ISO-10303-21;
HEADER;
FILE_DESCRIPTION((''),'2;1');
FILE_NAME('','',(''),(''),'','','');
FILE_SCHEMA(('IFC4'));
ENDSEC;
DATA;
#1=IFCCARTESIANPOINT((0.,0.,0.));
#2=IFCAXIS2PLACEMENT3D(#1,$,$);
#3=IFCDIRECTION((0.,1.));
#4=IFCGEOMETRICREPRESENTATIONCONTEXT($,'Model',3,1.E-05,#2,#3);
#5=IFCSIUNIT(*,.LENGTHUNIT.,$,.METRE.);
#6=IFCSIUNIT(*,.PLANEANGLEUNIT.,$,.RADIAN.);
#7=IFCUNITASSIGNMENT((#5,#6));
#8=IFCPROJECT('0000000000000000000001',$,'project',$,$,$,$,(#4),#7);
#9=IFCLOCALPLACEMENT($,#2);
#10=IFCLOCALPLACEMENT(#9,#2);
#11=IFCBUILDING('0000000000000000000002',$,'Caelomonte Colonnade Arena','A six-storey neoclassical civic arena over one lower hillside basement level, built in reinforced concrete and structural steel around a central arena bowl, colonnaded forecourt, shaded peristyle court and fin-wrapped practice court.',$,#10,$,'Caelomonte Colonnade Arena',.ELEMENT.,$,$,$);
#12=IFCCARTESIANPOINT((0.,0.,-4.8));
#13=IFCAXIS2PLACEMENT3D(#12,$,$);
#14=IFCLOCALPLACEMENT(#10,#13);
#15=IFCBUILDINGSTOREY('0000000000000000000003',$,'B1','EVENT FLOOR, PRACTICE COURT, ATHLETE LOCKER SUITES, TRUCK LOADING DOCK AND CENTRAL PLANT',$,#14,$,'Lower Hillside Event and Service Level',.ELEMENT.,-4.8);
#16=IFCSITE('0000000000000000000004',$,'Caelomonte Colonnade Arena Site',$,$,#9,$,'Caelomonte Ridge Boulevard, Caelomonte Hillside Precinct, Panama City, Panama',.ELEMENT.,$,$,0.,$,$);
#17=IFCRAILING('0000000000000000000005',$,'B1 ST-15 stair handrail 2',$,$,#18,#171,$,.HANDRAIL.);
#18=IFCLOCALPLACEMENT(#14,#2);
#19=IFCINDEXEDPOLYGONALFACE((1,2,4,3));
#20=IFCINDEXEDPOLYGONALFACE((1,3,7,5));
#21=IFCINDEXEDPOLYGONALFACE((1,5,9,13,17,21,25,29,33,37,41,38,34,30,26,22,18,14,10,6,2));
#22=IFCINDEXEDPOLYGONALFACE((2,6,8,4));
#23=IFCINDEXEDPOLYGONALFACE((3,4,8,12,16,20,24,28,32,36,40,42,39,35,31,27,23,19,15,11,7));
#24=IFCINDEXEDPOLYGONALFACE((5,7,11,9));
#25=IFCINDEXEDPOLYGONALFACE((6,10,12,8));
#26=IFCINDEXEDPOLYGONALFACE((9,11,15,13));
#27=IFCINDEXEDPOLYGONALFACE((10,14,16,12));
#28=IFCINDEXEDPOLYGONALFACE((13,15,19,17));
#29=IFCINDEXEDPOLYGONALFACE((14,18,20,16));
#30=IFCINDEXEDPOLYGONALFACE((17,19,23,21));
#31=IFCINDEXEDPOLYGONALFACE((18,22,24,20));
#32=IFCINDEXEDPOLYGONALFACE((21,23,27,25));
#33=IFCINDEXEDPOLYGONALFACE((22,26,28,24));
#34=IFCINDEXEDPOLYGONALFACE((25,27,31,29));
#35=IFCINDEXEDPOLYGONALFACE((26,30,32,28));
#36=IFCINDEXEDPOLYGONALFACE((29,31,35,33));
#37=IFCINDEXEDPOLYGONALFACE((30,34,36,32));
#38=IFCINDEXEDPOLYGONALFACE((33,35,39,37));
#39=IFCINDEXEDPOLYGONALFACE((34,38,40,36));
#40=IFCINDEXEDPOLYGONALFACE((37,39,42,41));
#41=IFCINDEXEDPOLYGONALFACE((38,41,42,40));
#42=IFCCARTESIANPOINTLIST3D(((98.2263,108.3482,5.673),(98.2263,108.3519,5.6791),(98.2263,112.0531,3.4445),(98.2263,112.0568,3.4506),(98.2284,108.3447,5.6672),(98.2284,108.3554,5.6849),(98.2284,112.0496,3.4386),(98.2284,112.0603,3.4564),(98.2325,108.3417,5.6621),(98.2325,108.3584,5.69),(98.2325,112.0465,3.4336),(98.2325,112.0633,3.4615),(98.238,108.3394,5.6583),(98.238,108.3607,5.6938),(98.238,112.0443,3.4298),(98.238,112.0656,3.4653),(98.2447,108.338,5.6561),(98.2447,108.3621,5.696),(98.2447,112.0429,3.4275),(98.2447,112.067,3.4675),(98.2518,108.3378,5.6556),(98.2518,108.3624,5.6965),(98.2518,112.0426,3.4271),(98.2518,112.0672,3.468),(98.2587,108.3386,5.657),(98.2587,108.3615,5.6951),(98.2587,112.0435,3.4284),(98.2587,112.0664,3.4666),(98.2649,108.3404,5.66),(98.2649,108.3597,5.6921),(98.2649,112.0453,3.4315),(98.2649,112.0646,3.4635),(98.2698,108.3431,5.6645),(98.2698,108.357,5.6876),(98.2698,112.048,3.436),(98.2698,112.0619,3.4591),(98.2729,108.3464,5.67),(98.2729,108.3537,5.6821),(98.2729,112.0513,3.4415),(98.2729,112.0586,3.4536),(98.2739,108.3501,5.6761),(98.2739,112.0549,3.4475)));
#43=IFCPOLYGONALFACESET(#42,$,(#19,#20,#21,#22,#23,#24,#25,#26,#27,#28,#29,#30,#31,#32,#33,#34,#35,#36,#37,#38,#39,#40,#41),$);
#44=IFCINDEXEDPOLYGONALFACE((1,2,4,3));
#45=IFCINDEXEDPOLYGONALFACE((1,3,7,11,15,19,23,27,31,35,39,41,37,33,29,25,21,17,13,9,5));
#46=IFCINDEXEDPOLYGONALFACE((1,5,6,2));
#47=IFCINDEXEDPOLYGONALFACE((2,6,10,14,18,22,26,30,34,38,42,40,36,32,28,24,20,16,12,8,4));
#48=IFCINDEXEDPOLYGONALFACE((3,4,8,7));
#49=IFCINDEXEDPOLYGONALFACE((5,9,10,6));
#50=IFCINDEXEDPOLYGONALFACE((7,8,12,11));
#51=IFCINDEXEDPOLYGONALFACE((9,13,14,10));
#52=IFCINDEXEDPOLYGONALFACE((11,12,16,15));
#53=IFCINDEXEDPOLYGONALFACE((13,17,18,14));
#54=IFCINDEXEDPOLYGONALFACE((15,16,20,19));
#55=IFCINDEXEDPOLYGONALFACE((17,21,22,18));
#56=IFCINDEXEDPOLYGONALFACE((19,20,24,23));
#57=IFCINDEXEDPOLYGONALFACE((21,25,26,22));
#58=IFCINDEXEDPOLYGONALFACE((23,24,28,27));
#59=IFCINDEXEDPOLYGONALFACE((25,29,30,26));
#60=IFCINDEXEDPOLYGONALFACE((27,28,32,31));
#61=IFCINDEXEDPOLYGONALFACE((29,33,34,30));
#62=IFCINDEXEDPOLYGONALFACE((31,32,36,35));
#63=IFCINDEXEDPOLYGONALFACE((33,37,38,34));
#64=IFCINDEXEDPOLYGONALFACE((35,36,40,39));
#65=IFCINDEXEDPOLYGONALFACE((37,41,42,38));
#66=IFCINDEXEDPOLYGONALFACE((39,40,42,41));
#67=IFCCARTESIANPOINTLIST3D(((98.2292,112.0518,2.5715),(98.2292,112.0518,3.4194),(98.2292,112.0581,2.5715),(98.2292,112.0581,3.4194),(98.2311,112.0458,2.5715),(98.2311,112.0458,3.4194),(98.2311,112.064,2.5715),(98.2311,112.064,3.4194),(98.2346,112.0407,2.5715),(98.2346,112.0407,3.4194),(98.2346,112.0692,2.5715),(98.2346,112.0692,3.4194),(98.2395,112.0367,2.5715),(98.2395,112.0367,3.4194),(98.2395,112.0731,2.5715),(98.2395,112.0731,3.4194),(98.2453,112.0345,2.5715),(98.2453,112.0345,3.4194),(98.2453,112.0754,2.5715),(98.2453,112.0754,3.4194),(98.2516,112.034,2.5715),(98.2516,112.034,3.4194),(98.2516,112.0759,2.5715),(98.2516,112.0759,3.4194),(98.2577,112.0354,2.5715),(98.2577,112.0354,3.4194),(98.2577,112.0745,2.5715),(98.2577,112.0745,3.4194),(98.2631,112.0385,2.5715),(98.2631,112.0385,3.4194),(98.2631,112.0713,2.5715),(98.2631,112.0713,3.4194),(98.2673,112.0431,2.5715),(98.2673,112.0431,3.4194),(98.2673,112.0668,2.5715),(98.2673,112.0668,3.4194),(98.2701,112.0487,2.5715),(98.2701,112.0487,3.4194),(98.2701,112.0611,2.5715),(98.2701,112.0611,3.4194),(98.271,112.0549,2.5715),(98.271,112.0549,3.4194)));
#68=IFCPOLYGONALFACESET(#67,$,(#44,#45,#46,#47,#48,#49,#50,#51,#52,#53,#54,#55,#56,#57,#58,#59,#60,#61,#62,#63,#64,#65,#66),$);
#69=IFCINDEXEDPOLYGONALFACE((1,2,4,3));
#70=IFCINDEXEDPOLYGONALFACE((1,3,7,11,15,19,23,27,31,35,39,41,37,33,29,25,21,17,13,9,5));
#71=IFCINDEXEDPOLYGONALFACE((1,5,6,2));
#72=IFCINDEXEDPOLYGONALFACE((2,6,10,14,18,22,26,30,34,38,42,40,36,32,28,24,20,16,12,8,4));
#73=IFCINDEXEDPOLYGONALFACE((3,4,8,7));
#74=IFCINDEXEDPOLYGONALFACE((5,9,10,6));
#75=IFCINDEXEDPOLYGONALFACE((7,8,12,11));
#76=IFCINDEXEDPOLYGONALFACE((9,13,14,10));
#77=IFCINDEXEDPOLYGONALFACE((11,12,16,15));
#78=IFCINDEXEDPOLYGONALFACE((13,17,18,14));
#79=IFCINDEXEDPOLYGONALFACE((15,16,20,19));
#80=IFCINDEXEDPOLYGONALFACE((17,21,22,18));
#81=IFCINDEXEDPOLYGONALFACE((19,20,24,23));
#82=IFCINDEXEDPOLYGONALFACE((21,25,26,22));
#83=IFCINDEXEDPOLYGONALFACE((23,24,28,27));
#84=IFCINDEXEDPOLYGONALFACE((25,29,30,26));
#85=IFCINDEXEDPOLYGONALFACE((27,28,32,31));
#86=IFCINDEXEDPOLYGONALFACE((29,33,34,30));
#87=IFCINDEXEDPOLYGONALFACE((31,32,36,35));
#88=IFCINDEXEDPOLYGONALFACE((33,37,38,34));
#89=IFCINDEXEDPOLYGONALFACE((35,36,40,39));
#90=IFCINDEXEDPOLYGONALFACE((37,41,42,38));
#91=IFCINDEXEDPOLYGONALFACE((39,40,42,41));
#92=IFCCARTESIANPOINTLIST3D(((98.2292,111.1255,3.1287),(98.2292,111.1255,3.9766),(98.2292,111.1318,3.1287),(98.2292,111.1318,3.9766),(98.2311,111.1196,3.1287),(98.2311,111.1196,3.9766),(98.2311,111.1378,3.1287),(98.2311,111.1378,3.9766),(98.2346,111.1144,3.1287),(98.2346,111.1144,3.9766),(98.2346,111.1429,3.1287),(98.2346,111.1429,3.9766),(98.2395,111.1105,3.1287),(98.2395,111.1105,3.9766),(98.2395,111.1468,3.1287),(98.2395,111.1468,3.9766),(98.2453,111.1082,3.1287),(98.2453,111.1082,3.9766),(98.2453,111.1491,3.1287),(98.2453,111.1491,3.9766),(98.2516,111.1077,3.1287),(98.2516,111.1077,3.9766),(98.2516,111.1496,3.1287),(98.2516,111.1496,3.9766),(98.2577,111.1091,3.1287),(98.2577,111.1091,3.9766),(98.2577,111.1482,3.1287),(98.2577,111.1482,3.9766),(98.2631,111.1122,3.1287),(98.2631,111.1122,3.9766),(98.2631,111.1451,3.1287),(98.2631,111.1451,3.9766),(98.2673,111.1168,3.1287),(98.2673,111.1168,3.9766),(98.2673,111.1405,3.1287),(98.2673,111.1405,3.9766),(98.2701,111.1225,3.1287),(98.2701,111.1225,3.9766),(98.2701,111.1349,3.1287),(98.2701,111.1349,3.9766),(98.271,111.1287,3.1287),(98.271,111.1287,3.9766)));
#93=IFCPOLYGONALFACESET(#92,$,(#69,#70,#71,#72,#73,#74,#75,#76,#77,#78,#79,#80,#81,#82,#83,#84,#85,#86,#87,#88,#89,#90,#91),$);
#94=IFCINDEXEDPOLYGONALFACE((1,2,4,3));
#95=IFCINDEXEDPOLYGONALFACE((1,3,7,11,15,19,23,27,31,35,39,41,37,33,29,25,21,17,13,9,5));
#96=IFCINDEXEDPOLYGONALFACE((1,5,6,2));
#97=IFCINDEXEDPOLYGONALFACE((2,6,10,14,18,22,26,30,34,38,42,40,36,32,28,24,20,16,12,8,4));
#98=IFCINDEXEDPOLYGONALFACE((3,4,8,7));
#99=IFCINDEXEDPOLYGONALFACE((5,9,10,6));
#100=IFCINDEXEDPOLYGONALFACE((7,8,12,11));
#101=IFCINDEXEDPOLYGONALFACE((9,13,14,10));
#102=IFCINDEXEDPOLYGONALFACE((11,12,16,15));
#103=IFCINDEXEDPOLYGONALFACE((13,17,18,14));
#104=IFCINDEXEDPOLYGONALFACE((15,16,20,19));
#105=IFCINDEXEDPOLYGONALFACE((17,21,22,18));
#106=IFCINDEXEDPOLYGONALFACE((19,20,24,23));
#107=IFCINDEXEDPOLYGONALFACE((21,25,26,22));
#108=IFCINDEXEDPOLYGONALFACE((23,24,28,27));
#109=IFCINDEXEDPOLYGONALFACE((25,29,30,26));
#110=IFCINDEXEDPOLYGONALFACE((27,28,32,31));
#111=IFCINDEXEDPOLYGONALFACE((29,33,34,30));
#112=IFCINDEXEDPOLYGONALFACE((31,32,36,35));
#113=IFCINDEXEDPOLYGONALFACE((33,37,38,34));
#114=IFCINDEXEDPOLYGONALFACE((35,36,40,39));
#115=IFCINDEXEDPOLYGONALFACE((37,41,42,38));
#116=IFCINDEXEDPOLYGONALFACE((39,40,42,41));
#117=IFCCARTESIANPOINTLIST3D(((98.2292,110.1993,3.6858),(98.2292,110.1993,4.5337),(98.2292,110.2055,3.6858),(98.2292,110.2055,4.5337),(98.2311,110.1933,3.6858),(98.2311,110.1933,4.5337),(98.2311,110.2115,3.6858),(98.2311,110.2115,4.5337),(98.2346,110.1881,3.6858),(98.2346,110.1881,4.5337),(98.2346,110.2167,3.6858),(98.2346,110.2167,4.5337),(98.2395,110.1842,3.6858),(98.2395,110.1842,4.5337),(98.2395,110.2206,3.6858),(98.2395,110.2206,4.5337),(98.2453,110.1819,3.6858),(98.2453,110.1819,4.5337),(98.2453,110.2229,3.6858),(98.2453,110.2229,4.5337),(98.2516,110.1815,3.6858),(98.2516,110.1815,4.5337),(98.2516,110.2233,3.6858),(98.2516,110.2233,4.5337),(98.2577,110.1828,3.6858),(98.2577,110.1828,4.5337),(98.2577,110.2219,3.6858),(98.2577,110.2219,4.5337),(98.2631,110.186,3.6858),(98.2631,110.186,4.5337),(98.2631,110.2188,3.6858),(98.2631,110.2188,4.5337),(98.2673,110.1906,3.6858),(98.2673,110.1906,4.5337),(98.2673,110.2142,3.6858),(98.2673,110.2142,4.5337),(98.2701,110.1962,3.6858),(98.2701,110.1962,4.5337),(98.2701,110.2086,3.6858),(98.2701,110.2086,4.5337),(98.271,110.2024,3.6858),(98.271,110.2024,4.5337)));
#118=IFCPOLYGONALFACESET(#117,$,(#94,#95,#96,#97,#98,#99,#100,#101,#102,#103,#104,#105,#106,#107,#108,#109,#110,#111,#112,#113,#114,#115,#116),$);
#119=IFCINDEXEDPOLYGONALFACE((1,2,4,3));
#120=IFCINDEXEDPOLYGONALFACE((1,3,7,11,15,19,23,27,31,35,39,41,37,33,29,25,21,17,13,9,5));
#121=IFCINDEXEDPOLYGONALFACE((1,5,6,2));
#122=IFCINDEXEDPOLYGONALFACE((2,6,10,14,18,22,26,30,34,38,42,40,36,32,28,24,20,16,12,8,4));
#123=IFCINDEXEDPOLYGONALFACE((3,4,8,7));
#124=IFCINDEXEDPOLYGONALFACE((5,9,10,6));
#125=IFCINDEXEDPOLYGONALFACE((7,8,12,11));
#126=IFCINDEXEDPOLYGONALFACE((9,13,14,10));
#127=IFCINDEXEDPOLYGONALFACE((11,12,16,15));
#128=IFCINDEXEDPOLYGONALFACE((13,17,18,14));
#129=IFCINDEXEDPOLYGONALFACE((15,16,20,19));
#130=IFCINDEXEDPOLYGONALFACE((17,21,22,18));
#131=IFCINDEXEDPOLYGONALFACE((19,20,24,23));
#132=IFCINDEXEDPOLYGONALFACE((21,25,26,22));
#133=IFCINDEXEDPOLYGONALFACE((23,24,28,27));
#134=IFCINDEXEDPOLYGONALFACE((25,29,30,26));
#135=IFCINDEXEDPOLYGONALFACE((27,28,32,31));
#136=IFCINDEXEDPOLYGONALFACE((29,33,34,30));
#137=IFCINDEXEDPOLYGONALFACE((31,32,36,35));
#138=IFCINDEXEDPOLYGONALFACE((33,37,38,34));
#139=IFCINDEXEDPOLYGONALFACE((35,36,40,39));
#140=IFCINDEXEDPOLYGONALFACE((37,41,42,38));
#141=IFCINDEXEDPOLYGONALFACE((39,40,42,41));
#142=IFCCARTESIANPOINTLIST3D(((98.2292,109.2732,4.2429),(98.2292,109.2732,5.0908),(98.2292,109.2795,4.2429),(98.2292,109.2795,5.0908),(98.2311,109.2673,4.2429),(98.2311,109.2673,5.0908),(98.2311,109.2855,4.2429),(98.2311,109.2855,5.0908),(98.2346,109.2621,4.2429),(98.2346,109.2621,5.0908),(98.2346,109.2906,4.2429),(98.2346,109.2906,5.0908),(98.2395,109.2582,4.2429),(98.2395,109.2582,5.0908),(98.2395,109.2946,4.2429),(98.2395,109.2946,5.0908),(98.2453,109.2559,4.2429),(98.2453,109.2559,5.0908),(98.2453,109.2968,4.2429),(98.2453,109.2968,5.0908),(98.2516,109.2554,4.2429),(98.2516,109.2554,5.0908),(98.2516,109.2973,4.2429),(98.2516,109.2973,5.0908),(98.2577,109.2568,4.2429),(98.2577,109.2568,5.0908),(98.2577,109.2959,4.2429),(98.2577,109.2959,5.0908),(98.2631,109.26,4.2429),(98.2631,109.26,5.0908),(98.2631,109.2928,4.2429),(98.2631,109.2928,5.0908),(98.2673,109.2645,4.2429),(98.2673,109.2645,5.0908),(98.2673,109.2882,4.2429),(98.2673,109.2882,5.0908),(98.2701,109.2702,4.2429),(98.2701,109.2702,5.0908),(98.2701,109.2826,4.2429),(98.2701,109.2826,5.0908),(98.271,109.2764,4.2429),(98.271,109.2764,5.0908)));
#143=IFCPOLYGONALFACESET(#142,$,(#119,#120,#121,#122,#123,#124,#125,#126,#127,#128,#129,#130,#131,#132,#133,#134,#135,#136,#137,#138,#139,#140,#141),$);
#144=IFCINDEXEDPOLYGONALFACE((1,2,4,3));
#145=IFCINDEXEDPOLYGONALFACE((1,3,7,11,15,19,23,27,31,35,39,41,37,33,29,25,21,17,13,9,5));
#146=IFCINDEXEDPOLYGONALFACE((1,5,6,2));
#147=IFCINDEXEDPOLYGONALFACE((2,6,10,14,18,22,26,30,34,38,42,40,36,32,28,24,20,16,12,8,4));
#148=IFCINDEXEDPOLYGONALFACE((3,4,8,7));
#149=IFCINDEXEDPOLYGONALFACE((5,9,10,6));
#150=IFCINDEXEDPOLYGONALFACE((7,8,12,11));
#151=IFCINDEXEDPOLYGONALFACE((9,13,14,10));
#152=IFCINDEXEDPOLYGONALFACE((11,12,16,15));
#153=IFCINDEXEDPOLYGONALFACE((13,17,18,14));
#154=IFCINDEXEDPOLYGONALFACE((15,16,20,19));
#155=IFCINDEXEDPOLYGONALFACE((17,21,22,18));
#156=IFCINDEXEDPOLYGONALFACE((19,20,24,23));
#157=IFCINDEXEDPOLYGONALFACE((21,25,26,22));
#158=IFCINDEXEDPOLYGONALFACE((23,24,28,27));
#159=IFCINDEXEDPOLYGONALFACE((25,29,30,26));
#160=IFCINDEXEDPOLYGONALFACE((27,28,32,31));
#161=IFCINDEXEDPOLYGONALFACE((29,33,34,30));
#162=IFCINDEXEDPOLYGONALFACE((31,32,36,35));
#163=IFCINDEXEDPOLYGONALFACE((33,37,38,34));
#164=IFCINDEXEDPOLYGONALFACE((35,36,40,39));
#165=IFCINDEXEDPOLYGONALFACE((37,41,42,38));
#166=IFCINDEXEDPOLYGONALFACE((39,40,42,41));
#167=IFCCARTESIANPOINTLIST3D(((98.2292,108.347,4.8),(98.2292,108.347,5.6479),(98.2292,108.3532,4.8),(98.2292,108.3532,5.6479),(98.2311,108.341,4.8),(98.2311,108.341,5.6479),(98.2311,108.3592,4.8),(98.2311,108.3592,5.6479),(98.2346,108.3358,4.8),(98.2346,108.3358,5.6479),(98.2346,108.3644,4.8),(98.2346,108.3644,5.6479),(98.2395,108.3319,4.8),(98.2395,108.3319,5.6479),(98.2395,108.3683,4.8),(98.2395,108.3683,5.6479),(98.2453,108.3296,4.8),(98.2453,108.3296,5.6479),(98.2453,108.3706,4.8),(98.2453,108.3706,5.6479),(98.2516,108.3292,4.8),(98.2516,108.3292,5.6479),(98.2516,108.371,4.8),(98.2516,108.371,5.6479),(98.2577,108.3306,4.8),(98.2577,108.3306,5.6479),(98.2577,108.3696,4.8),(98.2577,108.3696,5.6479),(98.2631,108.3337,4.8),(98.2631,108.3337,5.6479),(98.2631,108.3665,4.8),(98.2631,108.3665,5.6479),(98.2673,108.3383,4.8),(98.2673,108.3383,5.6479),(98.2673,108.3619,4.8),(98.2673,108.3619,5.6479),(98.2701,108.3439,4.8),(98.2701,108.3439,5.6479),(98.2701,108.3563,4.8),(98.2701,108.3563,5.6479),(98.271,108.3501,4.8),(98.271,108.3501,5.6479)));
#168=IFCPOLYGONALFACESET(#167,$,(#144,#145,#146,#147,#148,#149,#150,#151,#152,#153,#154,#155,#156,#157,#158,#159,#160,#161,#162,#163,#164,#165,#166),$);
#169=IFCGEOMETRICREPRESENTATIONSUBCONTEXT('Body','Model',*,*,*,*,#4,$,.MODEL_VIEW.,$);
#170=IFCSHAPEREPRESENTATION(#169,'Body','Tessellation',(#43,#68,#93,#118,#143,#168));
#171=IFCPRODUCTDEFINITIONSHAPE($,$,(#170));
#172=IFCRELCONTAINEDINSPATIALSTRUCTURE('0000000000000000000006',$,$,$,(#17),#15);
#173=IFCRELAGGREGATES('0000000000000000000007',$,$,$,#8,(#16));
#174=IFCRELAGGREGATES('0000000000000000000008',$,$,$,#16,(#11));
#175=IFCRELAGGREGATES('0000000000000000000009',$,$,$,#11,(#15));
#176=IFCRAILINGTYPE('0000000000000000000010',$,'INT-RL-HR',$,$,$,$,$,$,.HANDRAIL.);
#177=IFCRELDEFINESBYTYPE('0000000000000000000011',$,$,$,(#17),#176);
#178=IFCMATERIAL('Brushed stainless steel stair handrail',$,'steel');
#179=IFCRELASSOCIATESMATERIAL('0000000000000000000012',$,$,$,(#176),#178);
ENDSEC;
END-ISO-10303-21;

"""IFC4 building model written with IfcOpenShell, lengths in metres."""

from ifc_helpers import new_model, si_unit, direction, frame, origin, origin_2d, place, context, subcontext, project, spatial, circle, extrude, material, type_object, element, save


model = new_model("IFC4")

# Units and contexts
model_context = context("Model", 3, precision=1e-05, world=origin(), true_north=direction((0.0, 1.0)))
body_context = subcontext(model_context, "Body", "Model", "MODEL_VIEW")
ifc_project = project(units=[si_unit("LENGTHUNIT", "METRE"), si_unit("PLANEANGLEUNIT", "RADIAN")], contexts=[model_context])

# Site, building, storey
site_placement = place(None, origin())
site = spatial("IfcSite", under=ifc_project, at=site_placement, Name="Caelomonte Colonnade Arena Site", LongName="Caelomonte Ridge Boulevard, Caelomonte Hillside Precinct, Panama City, Panama", CompositionType="ELEMENT", RefElevation=0.0)
building_placement = place(site_placement, origin())
building = spatial("IfcBuilding", under=site, at=building_placement, Name="Caelomonte Colonnade Arena", Description="A six-storey neoclassical civic arena over one lower hillside basement level, built in reinforced concrete and structural steel around a central arena bowl, colonnaded forecourt, shaded peristyle court and fin-wrapped practice court.", LongName="Caelomonte Colonnade Arena", CompositionType="ELEMENT")
storey_placement = place(building_placement, frame((0.0, 0.0, -4.8)))
storey = spatial("IfcBuildingStorey", under=building, at=storey_placement, Name="B1", Description="EVENT FLOOR, PRACTICE COURT, ATHLETE LOCKER SUITES, TRUCK LOADING DOCK AND CENTRAL PLANT", LongName="Lower Hillside Event and Service Level", CompositionType="ELEMENT", Elevation=-4.8)

# Railing
ifc_material_1 = material(Name="Brushed stainless steel stair handrail", Category="steel")
railing_type_1 = type_object("IfcRailingType", Name="INT-RL-HR", PredefinedType="HANDRAIL", material=ifc_material_1)
railing_1_placement = place(storey_placement, frame((98.25, 112.0549, 2.5715)))
element("IfcRailing", 1, at=railing_1_placement, inside=storey, type_object=railing_type_1, Name="B1 ST-15 stair handrail 2", PredefinedType="HANDRAIL", context=body_context, shape_type="SweptSolid", body=[
    extrude(circle(Radius=0.0239, at=origin_2d()), frame((0.0, 0.0, 0.876), z_axis=(0.0, -0.856919, 0.51545), x_axis=(1.0, 0.0, 0.0)), (0.0, 0.0, 1.0), 4.3235),
    extrude(circle(Radius=0.021, at=origin_2d()), origin(), (0.0, 0.0, 1.0), 0.8479),
    extrude(circle(Radius=0.021, at=origin_2d()), frame((0.0, -0.9263, 0.5571)), (0.0, 0.0, 1.0), 0.8479),
    extrude(circle(Radius=0.021, at=origin_2d()), frame((0.0, -1.8525, 1.1143)), (0.0, 0.0, 1.0), 0.8479),
    extrude(circle(Radius=0.021, at=origin_2d()), frame((0.0, -2.7786, 1.6714)), (0.0, 0.0, 1.0), 0.8479),
    extrude(circle(Radius=0.021, at=origin_2d()), frame((0.0, -3.7048, 2.2285)), (0.0, 0.0, 1.0), 0.8479),
])

save(model, "model.ifc")
